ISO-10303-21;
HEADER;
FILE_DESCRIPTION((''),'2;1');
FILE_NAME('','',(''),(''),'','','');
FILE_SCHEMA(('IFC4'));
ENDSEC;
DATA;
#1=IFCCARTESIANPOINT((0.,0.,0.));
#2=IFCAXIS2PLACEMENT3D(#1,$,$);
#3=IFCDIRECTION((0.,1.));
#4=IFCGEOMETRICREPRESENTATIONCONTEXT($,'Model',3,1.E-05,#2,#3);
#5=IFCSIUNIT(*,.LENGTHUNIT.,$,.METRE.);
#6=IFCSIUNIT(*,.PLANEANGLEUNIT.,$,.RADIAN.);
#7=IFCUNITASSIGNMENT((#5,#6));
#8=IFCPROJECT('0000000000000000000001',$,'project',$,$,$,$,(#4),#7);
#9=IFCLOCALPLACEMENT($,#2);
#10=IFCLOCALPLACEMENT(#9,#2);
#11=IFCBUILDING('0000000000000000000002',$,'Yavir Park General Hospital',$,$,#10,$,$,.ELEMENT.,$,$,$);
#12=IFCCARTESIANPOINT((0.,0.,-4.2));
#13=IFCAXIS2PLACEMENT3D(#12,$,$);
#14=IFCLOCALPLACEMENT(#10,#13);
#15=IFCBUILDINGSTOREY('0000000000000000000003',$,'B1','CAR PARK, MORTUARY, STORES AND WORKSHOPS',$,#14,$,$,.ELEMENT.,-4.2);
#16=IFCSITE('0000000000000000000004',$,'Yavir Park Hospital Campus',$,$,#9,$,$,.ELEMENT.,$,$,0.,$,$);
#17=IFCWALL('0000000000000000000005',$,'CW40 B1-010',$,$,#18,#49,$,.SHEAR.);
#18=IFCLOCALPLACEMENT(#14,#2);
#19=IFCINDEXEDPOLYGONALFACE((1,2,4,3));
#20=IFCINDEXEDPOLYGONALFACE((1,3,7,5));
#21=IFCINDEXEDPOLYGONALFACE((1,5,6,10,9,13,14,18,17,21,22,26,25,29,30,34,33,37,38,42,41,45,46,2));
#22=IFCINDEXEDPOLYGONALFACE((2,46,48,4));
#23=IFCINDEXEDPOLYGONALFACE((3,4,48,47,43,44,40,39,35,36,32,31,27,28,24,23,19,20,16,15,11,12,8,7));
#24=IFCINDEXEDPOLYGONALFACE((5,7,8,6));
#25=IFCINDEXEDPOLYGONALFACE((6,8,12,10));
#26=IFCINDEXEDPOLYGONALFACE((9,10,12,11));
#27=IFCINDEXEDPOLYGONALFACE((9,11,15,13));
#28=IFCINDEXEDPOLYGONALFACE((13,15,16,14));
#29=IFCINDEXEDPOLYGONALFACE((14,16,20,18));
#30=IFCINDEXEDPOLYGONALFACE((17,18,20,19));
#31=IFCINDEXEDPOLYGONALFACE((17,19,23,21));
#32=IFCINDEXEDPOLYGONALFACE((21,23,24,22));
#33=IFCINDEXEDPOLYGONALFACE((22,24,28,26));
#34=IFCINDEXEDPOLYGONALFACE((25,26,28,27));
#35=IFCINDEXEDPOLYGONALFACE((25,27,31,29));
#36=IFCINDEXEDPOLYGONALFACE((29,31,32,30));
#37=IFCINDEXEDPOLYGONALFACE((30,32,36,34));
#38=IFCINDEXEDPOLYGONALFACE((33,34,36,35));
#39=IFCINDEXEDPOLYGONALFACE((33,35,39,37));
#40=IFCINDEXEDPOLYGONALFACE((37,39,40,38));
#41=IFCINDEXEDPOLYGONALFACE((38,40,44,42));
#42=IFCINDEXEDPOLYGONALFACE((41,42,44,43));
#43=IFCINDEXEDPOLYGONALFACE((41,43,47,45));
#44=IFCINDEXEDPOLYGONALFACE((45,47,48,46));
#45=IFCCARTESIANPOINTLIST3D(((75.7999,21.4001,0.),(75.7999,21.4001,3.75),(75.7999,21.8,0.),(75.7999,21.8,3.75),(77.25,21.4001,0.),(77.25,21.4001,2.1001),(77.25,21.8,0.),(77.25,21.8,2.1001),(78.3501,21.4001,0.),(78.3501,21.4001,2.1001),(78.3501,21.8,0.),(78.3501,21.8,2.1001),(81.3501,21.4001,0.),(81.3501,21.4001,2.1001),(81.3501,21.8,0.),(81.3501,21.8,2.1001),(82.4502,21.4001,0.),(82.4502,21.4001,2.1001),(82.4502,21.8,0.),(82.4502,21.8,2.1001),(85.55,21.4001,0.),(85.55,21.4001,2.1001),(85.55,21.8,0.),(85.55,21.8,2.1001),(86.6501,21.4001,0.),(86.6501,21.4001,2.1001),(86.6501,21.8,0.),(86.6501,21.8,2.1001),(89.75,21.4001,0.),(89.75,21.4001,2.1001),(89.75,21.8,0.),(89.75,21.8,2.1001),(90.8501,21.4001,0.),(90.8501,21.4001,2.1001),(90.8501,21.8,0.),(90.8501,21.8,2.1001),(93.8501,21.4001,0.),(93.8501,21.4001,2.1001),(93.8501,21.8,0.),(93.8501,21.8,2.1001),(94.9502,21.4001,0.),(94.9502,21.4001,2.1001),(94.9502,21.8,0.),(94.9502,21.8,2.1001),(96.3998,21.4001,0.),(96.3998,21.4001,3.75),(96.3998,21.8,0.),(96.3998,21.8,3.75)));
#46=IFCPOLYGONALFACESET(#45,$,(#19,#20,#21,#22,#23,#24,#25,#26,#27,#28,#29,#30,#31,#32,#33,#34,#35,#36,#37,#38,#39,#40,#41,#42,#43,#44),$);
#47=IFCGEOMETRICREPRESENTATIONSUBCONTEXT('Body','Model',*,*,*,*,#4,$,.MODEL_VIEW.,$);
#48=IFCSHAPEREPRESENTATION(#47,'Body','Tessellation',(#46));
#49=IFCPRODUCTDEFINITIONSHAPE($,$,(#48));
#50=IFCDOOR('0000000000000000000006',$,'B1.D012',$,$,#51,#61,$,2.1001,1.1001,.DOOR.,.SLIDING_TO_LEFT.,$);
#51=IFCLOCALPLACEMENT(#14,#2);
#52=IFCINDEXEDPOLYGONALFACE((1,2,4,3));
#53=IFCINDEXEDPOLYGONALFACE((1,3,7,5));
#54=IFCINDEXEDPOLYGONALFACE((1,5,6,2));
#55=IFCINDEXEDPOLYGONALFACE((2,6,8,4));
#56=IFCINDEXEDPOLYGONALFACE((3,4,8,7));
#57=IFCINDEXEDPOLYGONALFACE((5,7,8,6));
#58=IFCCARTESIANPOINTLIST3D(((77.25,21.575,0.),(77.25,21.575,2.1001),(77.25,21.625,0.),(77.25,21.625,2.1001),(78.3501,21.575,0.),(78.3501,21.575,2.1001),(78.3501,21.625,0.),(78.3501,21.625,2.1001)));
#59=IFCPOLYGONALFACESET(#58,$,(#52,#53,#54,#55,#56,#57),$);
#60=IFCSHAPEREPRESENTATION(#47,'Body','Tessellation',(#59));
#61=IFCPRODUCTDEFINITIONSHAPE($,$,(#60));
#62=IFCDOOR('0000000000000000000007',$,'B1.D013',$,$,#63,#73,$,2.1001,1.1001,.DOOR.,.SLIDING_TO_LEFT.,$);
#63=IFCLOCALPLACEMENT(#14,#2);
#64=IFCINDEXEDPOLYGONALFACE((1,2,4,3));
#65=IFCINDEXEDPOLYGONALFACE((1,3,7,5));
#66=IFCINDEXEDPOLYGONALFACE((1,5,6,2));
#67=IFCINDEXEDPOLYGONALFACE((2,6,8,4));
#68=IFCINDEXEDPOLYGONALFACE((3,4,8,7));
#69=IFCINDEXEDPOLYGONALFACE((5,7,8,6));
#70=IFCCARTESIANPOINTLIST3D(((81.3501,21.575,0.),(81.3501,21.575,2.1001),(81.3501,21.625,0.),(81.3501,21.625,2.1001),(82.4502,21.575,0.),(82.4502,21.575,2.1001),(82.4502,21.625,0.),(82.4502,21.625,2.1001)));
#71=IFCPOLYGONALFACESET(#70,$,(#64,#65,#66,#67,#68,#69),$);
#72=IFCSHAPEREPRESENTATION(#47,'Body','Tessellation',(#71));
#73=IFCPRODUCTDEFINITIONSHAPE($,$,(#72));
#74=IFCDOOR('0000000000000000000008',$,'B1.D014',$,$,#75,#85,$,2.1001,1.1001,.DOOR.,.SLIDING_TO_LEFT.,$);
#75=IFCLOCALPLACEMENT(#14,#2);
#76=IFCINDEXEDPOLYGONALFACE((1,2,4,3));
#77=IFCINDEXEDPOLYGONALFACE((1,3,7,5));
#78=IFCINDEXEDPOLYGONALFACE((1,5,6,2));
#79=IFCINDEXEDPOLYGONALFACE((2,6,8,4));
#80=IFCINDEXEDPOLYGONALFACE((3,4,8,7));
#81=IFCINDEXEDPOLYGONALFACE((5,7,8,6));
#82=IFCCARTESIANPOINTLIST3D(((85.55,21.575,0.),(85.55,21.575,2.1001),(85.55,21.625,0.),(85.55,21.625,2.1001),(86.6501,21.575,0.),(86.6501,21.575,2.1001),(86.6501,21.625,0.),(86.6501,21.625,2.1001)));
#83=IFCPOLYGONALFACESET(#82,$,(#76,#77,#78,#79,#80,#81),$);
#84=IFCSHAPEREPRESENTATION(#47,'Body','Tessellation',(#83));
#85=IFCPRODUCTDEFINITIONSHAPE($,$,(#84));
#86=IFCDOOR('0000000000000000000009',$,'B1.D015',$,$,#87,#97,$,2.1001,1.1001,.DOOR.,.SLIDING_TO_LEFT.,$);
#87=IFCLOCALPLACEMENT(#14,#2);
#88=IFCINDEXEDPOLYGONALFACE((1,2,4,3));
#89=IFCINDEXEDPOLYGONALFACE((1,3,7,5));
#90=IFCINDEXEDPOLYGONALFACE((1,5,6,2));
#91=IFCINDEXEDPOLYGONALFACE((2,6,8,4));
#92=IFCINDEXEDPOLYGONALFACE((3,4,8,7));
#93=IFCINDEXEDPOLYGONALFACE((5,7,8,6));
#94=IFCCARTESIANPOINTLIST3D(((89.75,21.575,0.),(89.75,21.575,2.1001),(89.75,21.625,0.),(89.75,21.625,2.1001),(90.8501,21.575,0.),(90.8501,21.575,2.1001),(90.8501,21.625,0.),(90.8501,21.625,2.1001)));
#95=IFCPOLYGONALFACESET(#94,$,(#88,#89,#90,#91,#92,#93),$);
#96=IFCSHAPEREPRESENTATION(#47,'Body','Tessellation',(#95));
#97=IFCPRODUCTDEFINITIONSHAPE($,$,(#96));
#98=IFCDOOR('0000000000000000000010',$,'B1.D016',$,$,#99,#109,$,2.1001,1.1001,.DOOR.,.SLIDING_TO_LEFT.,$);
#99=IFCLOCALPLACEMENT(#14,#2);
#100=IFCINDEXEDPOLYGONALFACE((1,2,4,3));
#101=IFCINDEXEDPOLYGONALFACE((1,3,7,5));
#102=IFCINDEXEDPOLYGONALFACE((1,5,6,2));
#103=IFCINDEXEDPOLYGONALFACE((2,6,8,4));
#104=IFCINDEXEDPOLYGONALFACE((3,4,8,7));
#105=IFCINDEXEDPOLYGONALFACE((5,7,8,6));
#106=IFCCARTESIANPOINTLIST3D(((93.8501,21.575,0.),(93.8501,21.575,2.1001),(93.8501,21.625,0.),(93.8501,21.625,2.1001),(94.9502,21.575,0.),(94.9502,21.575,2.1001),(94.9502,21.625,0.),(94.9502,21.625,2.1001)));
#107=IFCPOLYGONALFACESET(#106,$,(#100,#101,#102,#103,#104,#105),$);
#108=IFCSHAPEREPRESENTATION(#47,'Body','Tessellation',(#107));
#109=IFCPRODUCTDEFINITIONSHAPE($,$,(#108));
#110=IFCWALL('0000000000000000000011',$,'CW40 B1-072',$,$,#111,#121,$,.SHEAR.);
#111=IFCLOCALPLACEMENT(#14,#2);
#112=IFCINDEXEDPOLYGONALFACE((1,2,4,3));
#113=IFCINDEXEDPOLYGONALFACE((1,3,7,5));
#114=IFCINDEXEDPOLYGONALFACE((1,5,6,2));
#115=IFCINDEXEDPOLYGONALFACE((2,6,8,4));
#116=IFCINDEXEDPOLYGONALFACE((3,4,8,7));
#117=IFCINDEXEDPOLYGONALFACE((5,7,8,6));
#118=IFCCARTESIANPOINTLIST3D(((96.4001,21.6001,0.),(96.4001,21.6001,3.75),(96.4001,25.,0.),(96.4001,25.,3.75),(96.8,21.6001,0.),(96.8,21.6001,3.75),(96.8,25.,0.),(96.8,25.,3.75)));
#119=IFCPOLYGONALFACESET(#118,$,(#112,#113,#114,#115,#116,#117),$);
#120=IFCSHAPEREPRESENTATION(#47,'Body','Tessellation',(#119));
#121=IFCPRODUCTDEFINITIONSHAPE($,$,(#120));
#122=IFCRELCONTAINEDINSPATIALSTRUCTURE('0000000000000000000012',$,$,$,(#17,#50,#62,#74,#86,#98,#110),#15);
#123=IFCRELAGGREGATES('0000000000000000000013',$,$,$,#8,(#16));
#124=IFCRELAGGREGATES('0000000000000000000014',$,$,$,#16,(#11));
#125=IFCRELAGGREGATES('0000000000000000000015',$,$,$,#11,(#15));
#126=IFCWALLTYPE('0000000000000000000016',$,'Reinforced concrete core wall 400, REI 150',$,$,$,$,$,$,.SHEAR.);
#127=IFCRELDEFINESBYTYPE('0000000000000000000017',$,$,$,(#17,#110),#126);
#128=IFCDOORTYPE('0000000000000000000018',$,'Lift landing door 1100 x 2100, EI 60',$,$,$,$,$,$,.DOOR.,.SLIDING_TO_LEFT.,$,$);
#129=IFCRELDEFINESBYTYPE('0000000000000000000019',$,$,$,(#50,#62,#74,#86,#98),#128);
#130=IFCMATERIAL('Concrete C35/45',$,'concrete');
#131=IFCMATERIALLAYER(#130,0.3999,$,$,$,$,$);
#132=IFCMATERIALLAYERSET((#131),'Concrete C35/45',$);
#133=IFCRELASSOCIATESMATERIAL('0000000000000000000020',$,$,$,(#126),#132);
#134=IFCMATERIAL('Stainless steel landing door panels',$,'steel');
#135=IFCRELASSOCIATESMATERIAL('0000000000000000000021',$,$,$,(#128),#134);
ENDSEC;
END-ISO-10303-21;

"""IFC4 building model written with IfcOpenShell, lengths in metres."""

from ifc_helpers import new_model, si_unit, direction, frame, frame_2d, origin, place, context, subcontext, project, spatial, rectangle, extrude, material, layer, layer_set, type_object, element, fill, save


model = new_model("IFC4")

# Units and contexts
model_context = context("Model", 3, precision=1e-05, world=origin(), true_north=direction((0.0, 1.0)))
body_context = subcontext(model_context, "Body", "Model", "MODEL_VIEW")
ifc_project = project(units=[si_unit("LENGTHUNIT", "METRE"), si_unit("PLANEANGLEUNIT", "RADIAN")], contexts=[model_context])

# Site, building, storey
site_placement = place(None, origin())
site = spatial("IfcSite", under=ifc_project, at=site_placement, Name="Yavir Park Hospital Campus", CompositionType="ELEMENT", RefElevation=0.0)
building_placement = place(site_placement, origin())
building = spatial("IfcBuilding", under=site, at=building_placement, Name="Yavir Park General Hospital", CompositionType="ELEMENT")
storey_placement = place(building_placement, frame((0.0, 0.0, -4.2)))
storey = spatial("IfcBuildingStorey", under=building, at=storey_placement, Name="B1", Description="CAR PARK, MORTUARY, STORES AND WORKSHOPS", CompositionType="ELEMENT", Elevation=-4.2)

# Wall, openings, doors
ifc_material_1 = material(Name="Concrete C35/45", Category="concrete")
ifc_layer_1 = layer(ifc_material_1, 0.3999)
ifc_layer_set_1 = layer_set([ifc_layer_1], Name="Concrete C35/45")
wall_type_1 = type_object("IfcWallType", Name="Reinforced concrete core wall 400, REI 150", PredefinedType="SHEAR", material=ifc_layer_set_1)
wall_1_placement = place(storey_placement, frame((75.8, 21.6001, 0.0), z_axis=(0.0, 0.0, 1.0), x_axis=(1.0, 0.0, 0.0)))
wall_1 = element("IfcWall", 1, at=wall_1_placement, inside=storey, type_object=wall_type_1, Name="CW40 B1-010", PredefinedType="SHEAR", context=body_context, shape_type="SweptSolid", body=[
    extrude(rectangle(XDim=20.5999, YDim=0.3999, at=frame_2d((10.2998, 0.0))), origin(), (0.0, 0.0, 1.0), 3.75),
])
opening_1_placement = place(wall_1_placement, frame((1.45, 0.0, 0.0)))
opening_1 = element("IfcOpeningElement", 2, at=opening_1_placement, cuts=wall_1, PredefinedType="OPENING", context=body_context, shape_type="SweptSolid", body=[
    extrude(rectangle(XDim=1.1001, YDim=2.1001, at=frame_2d((0.55, 1.05))), frame((0.0, 0.21, 0.0), z_axis=(0.0, -1.0, 0.0), x_axis=(1.0, 0.0, 0.0)), (0.0, 0.0, 1.0), 0.4199),
])
opening_2_placement = place(wall_1_placement, frame((5.55, 0.0, 0.0)))
opening_2 = element("IfcOpeningElement", 3, at=opening_2_placement, cuts=wall_1, PredefinedType="OPENING", context=body_context, shape_type="SweptSolid", body=[
    extrude(rectangle(XDim=1.1001, YDim=2.1001, at=frame_2d((0.55, 1.05))), frame((0.0, 0.21, 0.0), z_axis=(0.0, -1.0, 0.0), x_axis=(1.0, 0.0, 0.0)), (0.0, 0.0, 1.0), 0.4199),
])
opening_3_placement = place(wall_1_placement, frame((9.75, 0.0, 0.0)))
opening_3 = element("IfcOpeningElement", 4, at=opening_3_placement, cuts=wall_1, PredefinedType="OPENING", context=body_context, shape_type="SweptSolid", body=[
    extrude(rectangle(XDim=1.1001, YDim=2.1001, at=frame_2d((0.55, 1.05))), frame((0.0, 0.21, 0.0), z_axis=(0.0, -1.0, 0.0), x_axis=(1.0, 0.0, 0.0)), (0.0, 0.0, 1.0), 0.4199),
])
opening_4_placement = place(wall_1_placement, frame((13.95, 0.0, 0.0)))
opening_4 = element("IfcOpeningElement", 5, at=opening_4_placement, cuts=wall_1, PredefinedType="OPENING", context=body_context, shape_type="SweptSolid", body=[
    extrude(rectangle(XDim=1.1001, YDim=2.1001, at=frame_2d((0.55, 1.05))), frame((0.0, 0.21, 0.0), z_axis=(0.0, -1.0, 0.0), x_axis=(1.0, 0.0, 0.0)), (0.0, 0.0, 1.0), 0.4199),
])
opening_5_placement = place(wall_1_placement, frame((18.05, 0.0, 0.0)))
opening_5 = element("IfcOpeningElement", 6, at=opening_5_placement, cuts=wall_1, PredefinedType="OPENING", context=body_context, shape_type="SweptSolid", body=[
    extrude(rectangle(XDim=1.1001, YDim=2.1001, at=frame_2d((0.55, 1.05))), frame((0.0, 0.21, 0.0), z_axis=(0.0, -1.0, 0.0), x_axis=(1.0, 0.0, 0.0)), (0.0, 0.0, 1.0), 0.4199),
])
ifc_material_2 = material(Name="Stainless steel landing door panels", Category="steel")
door_type_1 = type_object("IfcDoorType", Name="Lift landing door 1100 x 2100, EI 60", OperationType="SLIDING_TO_LEFT", PredefinedType="DOOR", material=ifc_material_2)
door_1_placement = place(opening_1_placement, origin())
door_1 = element("IfcDoor", 7, at=door_1_placement, inside=storey, type_object=door_type_1, Name="B1.D012", OperationType="SLIDING_TO_LEFT", OverallHeight=2.1001, OverallWidth=1.1001, PredefinedType="DOOR", context=body_context, shape_type="SweptSolid", body=[
    extrude(rectangle(XDim=1.1001, YDim=2.1001, at=frame_2d((0.55, 1.05))), frame((0.0, 0.0249, 0.0), z_axis=(0.0, -1.0, 0.0), x_axis=(1.0, 0.0, 0.0)), (0.0, 0.0, 1.0), 0.05),
])
fill(opening_1, door_1)
door_2_placement = place(opening_2_placement, origin())
door_2 = element("IfcDoor", 8, at=door_2_placement, inside=storey, type_object=door_type_1, Name="B1.D013", OperationType="SLIDING_TO_LEFT", OverallHeight=2.1001, OverallWidth=1.1001, PredefinedType="DOOR", context=body_context, shape_type="SweptSolid", body=[
    extrude(rectangle(XDim=1.1001, YDim=2.1001, at=frame_2d((0.55, 1.05))), frame((0.0, 0.0249, 0.0), z_axis=(0.0, -1.0, 0.0), x_axis=(1.0, 0.0, 0.0)), (0.0, 0.0, 1.0), 0.05),
])
fill(opening_2, door_2)
door_3_placement = place(opening_3_placement, origin())
door_3 = element("IfcDoor", 9, at=door_3_placement, inside=storey, type_object=door_type_1, Name="B1.D014", OperationType="SLIDING_TO_LEFT", OverallHeight=2.1001, OverallWidth=1.1001, PredefinedType="DOOR", context=body_context, shape_type="SweptSolid", body=[
    extrude(rectangle(XDim=1.1001, YDim=2.1001, at=frame_2d((0.55, 1.05))), frame((0.0, 0.0249, 0.0), z_axis=(0.0, -1.0, 0.0), x_axis=(1.0, 0.0, 0.0)), (0.0, 0.0, 1.0), 0.05),
])
fill(opening_3, door_3)
door_4_placement = place(opening_4_placement, origin())
door_4 = element("IfcDoor", 10, at=door_4_placement, inside=storey, type_object=door_type_1, Name="B1.D015", OperationType="SLIDING_TO_LEFT", OverallHeight=2.1001, OverallWidth=1.1001, PredefinedType="DOOR", context=body_context, shape_type="SweptSolid", body=[
    extrude(rectangle(XDim=1.1001, YDim=2.1001, at=frame_2d((0.55, 1.05))), frame((0.0, 0.0249, 0.0), z_axis=(0.0, -1.0, 0.0), x_axis=(1.0, 0.0, 0.0)), (0.0, 0.0, 1.0), 0.05),
])
fill(opening_4, door_4)
door_5_placement = place(opening_5_placement, origin())
door_5 = element("IfcDoor", 11, at=door_5_placement, inside=storey, type_object=door_type_1, Name="B1.D016", OperationType="SLIDING_TO_LEFT", OverallHeight=2.1001, OverallWidth=1.1001, PredefinedType="DOOR", context=body_context, shape_type="SweptSolid", body=[
    extrude(rectangle(XDim=1.1001, YDim=2.1001, at=frame_2d((0.55, 1.05))), frame((0.0, 0.0249, 0.0), z_axis=(0.0, -1.0, 0.0), x_axis=(1.0, 0.0, 0.0)), (0.0, 0.0, 1.0), 0.05),
])
fill(opening_5, door_5)

# Wall
wall_2_placement = place(storey_placement, frame((96.6001, 21.6001, 0.0), z_axis=(0.0, 0.0, 1.0), x_axis=(0.0, 1.0, 0.0)))
element("IfcWall", 12, at=wall_2_placement, inside=storey, type_object=wall_type_1, Name="CW40 B1-072", PredefinedType="SHEAR", context=body_context, shape_type="SweptSolid", body=[
    extrude(rectangle(XDim=3.3999, YDim=0.3999, at=frame_2d((1.7, 0.0))), origin(), (0.0, 0.0, 1.0), 3.75),
])

save(model, "model.ifc")
